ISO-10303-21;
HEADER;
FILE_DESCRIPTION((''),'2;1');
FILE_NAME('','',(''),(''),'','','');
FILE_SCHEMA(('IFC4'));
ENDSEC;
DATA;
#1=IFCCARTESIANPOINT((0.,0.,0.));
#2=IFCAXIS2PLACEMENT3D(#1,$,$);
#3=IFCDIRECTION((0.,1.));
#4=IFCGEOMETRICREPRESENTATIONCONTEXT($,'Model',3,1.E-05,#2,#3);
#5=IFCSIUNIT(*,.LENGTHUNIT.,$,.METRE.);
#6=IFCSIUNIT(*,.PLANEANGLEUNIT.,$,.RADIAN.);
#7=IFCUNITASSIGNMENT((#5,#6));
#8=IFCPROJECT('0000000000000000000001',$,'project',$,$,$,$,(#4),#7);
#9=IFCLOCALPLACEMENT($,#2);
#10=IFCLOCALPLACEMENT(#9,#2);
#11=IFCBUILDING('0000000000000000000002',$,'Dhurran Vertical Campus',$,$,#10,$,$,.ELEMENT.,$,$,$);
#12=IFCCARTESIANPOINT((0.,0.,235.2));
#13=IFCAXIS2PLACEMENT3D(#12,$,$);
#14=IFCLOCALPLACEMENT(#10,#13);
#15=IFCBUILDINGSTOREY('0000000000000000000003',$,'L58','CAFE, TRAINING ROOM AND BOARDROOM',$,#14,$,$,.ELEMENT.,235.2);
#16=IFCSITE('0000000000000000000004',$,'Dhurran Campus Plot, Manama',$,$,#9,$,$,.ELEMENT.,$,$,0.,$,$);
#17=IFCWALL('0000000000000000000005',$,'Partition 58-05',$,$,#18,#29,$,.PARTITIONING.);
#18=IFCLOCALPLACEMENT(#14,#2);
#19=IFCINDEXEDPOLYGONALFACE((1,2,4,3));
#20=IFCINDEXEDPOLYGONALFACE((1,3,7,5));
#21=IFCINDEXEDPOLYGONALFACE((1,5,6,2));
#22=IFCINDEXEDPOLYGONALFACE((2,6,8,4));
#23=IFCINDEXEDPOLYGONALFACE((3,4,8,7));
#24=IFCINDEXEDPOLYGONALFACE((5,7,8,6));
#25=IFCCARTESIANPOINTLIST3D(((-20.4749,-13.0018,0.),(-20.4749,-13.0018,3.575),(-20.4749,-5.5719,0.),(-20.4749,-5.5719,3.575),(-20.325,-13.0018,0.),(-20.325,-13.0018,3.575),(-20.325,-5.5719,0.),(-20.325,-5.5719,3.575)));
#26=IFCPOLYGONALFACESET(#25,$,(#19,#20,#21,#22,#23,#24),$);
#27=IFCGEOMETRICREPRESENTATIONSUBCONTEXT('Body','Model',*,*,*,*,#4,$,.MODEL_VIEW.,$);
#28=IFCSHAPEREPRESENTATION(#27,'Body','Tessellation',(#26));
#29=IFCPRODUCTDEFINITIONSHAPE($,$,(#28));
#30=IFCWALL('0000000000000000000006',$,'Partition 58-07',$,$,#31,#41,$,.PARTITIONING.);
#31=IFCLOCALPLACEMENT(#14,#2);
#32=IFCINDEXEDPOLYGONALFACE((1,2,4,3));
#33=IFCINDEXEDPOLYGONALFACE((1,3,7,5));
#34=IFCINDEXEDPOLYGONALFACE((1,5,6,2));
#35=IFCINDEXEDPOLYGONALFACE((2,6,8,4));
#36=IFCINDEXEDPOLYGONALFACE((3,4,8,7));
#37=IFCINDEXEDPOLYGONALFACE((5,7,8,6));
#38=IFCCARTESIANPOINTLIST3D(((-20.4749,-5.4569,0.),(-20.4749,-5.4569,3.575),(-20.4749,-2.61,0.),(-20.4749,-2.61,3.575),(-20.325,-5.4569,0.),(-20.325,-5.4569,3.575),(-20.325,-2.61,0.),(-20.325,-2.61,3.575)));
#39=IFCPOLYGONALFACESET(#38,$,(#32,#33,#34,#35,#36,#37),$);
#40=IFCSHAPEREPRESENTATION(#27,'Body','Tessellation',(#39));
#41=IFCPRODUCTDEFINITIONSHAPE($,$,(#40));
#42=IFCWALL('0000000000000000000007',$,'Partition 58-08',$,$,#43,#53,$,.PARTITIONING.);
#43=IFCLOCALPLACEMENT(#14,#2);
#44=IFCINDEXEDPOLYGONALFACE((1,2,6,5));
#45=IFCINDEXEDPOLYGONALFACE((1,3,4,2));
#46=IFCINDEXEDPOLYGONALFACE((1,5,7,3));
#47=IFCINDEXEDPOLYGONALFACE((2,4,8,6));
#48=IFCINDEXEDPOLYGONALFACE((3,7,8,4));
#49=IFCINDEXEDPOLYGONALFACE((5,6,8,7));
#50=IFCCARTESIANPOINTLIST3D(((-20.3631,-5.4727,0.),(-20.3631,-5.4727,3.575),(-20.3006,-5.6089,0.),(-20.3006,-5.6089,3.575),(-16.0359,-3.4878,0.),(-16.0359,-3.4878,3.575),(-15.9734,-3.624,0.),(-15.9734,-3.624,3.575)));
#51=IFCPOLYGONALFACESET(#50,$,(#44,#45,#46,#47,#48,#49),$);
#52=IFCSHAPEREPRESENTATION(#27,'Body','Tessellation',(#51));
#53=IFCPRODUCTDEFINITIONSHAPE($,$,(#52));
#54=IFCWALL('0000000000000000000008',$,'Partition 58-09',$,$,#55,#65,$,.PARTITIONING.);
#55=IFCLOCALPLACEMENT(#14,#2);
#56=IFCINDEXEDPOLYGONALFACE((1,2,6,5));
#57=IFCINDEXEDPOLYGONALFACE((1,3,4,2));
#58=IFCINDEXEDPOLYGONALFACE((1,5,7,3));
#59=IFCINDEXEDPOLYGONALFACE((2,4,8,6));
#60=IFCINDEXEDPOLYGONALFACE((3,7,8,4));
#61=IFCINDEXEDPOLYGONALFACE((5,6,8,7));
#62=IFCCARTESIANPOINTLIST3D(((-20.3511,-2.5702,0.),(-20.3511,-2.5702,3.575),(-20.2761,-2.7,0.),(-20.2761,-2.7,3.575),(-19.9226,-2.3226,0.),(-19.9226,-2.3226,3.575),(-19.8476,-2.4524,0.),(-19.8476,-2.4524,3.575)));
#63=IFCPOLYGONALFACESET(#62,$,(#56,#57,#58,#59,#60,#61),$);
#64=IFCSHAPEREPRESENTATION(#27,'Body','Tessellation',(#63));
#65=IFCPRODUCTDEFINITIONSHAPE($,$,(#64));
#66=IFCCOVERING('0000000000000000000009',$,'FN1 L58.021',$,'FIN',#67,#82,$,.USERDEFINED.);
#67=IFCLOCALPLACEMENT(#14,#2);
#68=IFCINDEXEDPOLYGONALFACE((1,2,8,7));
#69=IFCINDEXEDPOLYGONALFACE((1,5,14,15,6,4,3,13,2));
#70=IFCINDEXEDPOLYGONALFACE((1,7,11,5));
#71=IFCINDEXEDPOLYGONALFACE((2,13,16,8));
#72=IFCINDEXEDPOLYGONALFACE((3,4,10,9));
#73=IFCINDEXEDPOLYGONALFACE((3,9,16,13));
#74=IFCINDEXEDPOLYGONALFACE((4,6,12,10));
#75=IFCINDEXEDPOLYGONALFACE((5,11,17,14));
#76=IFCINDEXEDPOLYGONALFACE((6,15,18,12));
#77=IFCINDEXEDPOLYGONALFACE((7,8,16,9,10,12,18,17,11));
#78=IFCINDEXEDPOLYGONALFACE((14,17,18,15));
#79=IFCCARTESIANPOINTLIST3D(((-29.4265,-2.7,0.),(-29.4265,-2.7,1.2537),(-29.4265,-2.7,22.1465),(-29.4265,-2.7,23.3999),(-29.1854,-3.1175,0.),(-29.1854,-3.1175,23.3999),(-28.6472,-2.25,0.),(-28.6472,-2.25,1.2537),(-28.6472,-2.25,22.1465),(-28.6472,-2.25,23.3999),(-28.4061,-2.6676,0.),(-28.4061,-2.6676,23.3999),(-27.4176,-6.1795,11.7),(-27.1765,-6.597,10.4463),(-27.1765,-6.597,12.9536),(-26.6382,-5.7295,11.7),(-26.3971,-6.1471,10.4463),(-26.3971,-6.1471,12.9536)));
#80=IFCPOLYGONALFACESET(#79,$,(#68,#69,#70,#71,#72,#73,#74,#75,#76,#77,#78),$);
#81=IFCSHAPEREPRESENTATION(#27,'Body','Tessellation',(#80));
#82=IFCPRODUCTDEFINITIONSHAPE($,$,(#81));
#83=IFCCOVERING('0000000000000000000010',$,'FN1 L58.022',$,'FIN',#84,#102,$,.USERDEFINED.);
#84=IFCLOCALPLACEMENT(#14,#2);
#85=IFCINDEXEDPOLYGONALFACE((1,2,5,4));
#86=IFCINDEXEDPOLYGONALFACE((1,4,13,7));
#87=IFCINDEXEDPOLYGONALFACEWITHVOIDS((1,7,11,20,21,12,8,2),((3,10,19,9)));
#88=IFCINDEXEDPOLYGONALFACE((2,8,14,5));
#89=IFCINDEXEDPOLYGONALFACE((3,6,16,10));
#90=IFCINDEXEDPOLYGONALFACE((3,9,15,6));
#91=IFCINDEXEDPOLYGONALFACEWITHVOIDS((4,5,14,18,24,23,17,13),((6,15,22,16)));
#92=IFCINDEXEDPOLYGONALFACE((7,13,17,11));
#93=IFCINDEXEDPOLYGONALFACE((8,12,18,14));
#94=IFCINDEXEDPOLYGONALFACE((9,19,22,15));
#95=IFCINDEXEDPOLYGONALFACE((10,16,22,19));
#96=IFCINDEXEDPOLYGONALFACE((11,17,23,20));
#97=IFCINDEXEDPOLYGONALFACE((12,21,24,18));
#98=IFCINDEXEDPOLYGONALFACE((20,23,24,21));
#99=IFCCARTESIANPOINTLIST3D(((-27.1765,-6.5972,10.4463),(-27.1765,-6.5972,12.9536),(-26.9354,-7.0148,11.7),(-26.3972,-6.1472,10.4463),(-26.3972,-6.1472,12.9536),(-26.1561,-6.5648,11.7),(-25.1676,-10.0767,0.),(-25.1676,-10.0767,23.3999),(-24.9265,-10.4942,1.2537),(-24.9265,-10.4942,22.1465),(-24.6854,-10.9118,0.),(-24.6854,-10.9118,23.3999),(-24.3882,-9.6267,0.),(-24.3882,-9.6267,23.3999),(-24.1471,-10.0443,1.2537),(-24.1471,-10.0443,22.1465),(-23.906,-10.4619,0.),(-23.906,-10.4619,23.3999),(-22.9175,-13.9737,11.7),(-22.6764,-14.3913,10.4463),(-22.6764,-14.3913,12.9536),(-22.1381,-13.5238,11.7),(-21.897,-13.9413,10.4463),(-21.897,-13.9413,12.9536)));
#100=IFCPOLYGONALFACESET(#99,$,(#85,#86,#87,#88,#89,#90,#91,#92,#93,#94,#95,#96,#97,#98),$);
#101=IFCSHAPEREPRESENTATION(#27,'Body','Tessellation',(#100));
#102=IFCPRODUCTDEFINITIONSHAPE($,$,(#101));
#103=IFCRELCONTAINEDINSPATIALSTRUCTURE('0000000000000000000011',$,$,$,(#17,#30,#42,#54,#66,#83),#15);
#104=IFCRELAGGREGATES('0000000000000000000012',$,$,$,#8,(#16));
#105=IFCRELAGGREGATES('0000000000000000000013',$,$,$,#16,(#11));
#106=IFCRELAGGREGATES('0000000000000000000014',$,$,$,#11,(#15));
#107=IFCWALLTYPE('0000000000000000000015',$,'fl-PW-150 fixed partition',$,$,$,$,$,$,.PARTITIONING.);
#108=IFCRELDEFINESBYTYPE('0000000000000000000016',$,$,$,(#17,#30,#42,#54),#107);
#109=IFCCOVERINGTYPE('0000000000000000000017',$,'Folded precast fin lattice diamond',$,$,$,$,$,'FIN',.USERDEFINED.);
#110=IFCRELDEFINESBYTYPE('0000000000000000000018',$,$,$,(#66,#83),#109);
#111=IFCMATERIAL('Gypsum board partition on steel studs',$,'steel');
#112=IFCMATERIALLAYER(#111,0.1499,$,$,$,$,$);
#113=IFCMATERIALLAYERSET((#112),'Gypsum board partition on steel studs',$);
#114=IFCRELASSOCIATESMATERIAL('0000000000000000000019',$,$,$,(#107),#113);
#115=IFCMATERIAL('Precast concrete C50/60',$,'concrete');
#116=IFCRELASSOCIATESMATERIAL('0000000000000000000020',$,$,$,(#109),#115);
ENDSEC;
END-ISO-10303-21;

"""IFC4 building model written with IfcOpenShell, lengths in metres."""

from ifc_helpers import new_model, si_unit, direction, frame, frame_2d, origin, place, context, subcontext, project, spatial, polyline, rectangle, outline, extrude, material, layer, layer_set, type_object, element, save


model = new_model("IFC4")

# Units and contexts
model_context = context("Model", 3, precision=1e-05, world=origin(), true_north=direction((0.0, 1.0)))
body_context = subcontext(model_context, "Body", "Model", "MODEL_VIEW")
ifc_project = project(units=[si_unit("LENGTHUNIT", "METRE"), si_unit("PLANEANGLEUNIT", "RADIAN")], contexts=[model_context])

# Site, building, storey
site_placement = place(None, origin())
site = spatial("IfcSite", under=ifc_project, at=site_placement, Name="Dhurran Campus Plot, Manama", CompositionType="ELEMENT", RefElevation=0.0)
building_placement = place(site_placement, origin())
building = spatial("IfcBuilding", under=site, at=building_placement, Name="Dhurran Vertical Campus", CompositionType="ELEMENT")
storey_placement = place(building_placement, frame((0.0, 0.0, 235.2)))
storey = spatial("IfcBuildingStorey", under=building, at=storey_placement, Name="L58", Description="CAFE, TRAINING ROOM AND BOARDROOM", CompositionType="ELEMENT", Elevation=235.2)

# Walls
ifc_material_1 = material(Name="Gypsum board partition on steel studs", Category="steel")
ifc_layer_1 = layer(ifc_material_1, 0.1499)
ifc_layer_set_1 = layer_set([ifc_layer_1], Name="Gypsum board partition on steel studs")
wall_type_1 = type_object("IfcWallType", Name="fl-PW-150 fixed partition", PredefinedType="PARTITIONING", material=ifc_layer_set_1)
wall_1_placement = place(storey_placement, frame((-20.3999, -5.572, 0.0), z_axis=(0.0, 0.0, 1.0), x_axis=(0.0, -1.0, 0.0)))
element("IfcWall", 1, at=wall_1_placement, inside=storey, type_object=wall_type_1, Name="Partition 58-05", PredefinedType="PARTITIONING", context=body_context, shape_type="SweptSolid", body=[
    extrude(rectangle(XDim=7.4299, YDim=0.1499, at=frame_2d((3.7148, 0.0))), origin(), (0.0, 0.0, 1.0), 3.575),
])
wall_2_placement = place(storey_placement, frame((-20.3999, -2.6101, 0.0), z_axis=(0.0, 0.0, 1.0), x_axis=(0.0, -1.0, 0.0)))
element("IfcWall", 2, at=wall_2_placement, inside=storey, type_object=wall_type_1, Name="Partition 58-07", PredefinedType="PARTITIONING", context=body_context, shape_type="SweptSolid", body=[
    extrude(rectangle(XDim=2.8469, YDim=0.1499, at=frame_2d((1.4233, 0.0))), origin(), (0.0, 0.0, 1.0), 3.575),
])
wall_3_placement = place(storey_placement, frame((-16.0046, -3.5559, 0.0), z_axis=(0.0, 0.0, 1.0), x_axis=(-0.908939, -0.41693, 0.0)))
element("IfcWall", 3, at=wall_3_placement, inside=storey, type_object=wall_type_1, Name="Partition 58-08", PredefinedType="PARTITIONING", context=body_context, shape_type="SweptSolid", body=[
    extrude(rectangle(XDim=4.7607, YDim=0.1499, at=frame_2d((2.3804, 0.0))), origin(), (0.0, 0.0, 1.0), 3.575),
])
wall_4_placement = place(storey_placement, frame((-19.885, -2.3875, 0.0), z_axis=(0.0, 0.0, 1.0), x_axis=(-0.865865, -0.500278, 0.0)))
element("IfcWall", 4, at=wall_4_placement, inside=storey, type_object=wall_type_1, Name="Partition 58-09", PredefinedType="PARTITIONING", context=body_context, shape_type="SweptSolid", body=[
    extrude(rectangle(XDim=0.4949, YDim=0.1499, at=frame_2d((0.2476, 0.0))), origin(), (0.0, 0.0, 1.0), 3.575),
])

# Coverings
ifc_material_2 = material(Name="Precast concrete C50/60", Category="concrete")
covering_type = type_object("IfcCoveringType", Name="Folded precast fin lattice diamond", ElementType="FIN", PredefinedType="USERDEFINED", material=ifc_material_2)
covering_1_placement = place(storey_placement, frame((-28.6472, -2.25, 0.0), z_axis=(-0.866014, -0.50002, 0.0), x_axis=(0.50002, -0.866014, 0.0)))
element("IfcCovering", 5, at=covering_1_placement, inside=storey, type_object=covering_type, Name="FN1 L58.021", ObjectType="FIN", PredefinedType="USERDEFINED", context=body_context, shape_type="SweptSolid", body=[
    extrude(outline(polyline([(4.5, 10.4463), (0.4822, 0.0), (0.0, 0.0), (0.0, 1.2537), (4.0178, 11.7), (0.0, 22.1465), (0.0, 23.3999), (0.4822, 23.3999), (4.5, 12.9536), (4.5, 10.4463)])), origin(), (0.0, 0.0, 1.0), 0.8999),
])
covering_2_placement = place(storey_placement, frame((-26.3972, -6.1472, 0.0), z_axis=(-0.866014, -0.50002, 0.0), x_axis=(0.50002, -0.866014, 0.0)))
element("IfcCovering", 6, at=covering_2_placement, inside=storey, type_object=covering_type, Name="FN1 L58.022", ObjectType="FIN", PredefinedType="USERDEFINED", context=body_context, shape_type="SweptSolid", body=[
    extrude(outline(polyline([(9.0, 12.9536), (9.0, 10.4463), (4.9822, 0.0), (4.0178, 0.0), (0.0, 10.4463), (0.0, 12.9536), (4.0178, 23.3999), (4.9822, 23.3999), (9.0, 12.9536)]), holes=[polyline([(8.5178, 11.7), (4.5, 22.1465), (0.4822, 11.7), (4.5, 1.2537), (8.5178, 11.7)])]), origin(), (0.0, 0.0, 1.0), 0.8999),
])

save(model, "model.ifc")
